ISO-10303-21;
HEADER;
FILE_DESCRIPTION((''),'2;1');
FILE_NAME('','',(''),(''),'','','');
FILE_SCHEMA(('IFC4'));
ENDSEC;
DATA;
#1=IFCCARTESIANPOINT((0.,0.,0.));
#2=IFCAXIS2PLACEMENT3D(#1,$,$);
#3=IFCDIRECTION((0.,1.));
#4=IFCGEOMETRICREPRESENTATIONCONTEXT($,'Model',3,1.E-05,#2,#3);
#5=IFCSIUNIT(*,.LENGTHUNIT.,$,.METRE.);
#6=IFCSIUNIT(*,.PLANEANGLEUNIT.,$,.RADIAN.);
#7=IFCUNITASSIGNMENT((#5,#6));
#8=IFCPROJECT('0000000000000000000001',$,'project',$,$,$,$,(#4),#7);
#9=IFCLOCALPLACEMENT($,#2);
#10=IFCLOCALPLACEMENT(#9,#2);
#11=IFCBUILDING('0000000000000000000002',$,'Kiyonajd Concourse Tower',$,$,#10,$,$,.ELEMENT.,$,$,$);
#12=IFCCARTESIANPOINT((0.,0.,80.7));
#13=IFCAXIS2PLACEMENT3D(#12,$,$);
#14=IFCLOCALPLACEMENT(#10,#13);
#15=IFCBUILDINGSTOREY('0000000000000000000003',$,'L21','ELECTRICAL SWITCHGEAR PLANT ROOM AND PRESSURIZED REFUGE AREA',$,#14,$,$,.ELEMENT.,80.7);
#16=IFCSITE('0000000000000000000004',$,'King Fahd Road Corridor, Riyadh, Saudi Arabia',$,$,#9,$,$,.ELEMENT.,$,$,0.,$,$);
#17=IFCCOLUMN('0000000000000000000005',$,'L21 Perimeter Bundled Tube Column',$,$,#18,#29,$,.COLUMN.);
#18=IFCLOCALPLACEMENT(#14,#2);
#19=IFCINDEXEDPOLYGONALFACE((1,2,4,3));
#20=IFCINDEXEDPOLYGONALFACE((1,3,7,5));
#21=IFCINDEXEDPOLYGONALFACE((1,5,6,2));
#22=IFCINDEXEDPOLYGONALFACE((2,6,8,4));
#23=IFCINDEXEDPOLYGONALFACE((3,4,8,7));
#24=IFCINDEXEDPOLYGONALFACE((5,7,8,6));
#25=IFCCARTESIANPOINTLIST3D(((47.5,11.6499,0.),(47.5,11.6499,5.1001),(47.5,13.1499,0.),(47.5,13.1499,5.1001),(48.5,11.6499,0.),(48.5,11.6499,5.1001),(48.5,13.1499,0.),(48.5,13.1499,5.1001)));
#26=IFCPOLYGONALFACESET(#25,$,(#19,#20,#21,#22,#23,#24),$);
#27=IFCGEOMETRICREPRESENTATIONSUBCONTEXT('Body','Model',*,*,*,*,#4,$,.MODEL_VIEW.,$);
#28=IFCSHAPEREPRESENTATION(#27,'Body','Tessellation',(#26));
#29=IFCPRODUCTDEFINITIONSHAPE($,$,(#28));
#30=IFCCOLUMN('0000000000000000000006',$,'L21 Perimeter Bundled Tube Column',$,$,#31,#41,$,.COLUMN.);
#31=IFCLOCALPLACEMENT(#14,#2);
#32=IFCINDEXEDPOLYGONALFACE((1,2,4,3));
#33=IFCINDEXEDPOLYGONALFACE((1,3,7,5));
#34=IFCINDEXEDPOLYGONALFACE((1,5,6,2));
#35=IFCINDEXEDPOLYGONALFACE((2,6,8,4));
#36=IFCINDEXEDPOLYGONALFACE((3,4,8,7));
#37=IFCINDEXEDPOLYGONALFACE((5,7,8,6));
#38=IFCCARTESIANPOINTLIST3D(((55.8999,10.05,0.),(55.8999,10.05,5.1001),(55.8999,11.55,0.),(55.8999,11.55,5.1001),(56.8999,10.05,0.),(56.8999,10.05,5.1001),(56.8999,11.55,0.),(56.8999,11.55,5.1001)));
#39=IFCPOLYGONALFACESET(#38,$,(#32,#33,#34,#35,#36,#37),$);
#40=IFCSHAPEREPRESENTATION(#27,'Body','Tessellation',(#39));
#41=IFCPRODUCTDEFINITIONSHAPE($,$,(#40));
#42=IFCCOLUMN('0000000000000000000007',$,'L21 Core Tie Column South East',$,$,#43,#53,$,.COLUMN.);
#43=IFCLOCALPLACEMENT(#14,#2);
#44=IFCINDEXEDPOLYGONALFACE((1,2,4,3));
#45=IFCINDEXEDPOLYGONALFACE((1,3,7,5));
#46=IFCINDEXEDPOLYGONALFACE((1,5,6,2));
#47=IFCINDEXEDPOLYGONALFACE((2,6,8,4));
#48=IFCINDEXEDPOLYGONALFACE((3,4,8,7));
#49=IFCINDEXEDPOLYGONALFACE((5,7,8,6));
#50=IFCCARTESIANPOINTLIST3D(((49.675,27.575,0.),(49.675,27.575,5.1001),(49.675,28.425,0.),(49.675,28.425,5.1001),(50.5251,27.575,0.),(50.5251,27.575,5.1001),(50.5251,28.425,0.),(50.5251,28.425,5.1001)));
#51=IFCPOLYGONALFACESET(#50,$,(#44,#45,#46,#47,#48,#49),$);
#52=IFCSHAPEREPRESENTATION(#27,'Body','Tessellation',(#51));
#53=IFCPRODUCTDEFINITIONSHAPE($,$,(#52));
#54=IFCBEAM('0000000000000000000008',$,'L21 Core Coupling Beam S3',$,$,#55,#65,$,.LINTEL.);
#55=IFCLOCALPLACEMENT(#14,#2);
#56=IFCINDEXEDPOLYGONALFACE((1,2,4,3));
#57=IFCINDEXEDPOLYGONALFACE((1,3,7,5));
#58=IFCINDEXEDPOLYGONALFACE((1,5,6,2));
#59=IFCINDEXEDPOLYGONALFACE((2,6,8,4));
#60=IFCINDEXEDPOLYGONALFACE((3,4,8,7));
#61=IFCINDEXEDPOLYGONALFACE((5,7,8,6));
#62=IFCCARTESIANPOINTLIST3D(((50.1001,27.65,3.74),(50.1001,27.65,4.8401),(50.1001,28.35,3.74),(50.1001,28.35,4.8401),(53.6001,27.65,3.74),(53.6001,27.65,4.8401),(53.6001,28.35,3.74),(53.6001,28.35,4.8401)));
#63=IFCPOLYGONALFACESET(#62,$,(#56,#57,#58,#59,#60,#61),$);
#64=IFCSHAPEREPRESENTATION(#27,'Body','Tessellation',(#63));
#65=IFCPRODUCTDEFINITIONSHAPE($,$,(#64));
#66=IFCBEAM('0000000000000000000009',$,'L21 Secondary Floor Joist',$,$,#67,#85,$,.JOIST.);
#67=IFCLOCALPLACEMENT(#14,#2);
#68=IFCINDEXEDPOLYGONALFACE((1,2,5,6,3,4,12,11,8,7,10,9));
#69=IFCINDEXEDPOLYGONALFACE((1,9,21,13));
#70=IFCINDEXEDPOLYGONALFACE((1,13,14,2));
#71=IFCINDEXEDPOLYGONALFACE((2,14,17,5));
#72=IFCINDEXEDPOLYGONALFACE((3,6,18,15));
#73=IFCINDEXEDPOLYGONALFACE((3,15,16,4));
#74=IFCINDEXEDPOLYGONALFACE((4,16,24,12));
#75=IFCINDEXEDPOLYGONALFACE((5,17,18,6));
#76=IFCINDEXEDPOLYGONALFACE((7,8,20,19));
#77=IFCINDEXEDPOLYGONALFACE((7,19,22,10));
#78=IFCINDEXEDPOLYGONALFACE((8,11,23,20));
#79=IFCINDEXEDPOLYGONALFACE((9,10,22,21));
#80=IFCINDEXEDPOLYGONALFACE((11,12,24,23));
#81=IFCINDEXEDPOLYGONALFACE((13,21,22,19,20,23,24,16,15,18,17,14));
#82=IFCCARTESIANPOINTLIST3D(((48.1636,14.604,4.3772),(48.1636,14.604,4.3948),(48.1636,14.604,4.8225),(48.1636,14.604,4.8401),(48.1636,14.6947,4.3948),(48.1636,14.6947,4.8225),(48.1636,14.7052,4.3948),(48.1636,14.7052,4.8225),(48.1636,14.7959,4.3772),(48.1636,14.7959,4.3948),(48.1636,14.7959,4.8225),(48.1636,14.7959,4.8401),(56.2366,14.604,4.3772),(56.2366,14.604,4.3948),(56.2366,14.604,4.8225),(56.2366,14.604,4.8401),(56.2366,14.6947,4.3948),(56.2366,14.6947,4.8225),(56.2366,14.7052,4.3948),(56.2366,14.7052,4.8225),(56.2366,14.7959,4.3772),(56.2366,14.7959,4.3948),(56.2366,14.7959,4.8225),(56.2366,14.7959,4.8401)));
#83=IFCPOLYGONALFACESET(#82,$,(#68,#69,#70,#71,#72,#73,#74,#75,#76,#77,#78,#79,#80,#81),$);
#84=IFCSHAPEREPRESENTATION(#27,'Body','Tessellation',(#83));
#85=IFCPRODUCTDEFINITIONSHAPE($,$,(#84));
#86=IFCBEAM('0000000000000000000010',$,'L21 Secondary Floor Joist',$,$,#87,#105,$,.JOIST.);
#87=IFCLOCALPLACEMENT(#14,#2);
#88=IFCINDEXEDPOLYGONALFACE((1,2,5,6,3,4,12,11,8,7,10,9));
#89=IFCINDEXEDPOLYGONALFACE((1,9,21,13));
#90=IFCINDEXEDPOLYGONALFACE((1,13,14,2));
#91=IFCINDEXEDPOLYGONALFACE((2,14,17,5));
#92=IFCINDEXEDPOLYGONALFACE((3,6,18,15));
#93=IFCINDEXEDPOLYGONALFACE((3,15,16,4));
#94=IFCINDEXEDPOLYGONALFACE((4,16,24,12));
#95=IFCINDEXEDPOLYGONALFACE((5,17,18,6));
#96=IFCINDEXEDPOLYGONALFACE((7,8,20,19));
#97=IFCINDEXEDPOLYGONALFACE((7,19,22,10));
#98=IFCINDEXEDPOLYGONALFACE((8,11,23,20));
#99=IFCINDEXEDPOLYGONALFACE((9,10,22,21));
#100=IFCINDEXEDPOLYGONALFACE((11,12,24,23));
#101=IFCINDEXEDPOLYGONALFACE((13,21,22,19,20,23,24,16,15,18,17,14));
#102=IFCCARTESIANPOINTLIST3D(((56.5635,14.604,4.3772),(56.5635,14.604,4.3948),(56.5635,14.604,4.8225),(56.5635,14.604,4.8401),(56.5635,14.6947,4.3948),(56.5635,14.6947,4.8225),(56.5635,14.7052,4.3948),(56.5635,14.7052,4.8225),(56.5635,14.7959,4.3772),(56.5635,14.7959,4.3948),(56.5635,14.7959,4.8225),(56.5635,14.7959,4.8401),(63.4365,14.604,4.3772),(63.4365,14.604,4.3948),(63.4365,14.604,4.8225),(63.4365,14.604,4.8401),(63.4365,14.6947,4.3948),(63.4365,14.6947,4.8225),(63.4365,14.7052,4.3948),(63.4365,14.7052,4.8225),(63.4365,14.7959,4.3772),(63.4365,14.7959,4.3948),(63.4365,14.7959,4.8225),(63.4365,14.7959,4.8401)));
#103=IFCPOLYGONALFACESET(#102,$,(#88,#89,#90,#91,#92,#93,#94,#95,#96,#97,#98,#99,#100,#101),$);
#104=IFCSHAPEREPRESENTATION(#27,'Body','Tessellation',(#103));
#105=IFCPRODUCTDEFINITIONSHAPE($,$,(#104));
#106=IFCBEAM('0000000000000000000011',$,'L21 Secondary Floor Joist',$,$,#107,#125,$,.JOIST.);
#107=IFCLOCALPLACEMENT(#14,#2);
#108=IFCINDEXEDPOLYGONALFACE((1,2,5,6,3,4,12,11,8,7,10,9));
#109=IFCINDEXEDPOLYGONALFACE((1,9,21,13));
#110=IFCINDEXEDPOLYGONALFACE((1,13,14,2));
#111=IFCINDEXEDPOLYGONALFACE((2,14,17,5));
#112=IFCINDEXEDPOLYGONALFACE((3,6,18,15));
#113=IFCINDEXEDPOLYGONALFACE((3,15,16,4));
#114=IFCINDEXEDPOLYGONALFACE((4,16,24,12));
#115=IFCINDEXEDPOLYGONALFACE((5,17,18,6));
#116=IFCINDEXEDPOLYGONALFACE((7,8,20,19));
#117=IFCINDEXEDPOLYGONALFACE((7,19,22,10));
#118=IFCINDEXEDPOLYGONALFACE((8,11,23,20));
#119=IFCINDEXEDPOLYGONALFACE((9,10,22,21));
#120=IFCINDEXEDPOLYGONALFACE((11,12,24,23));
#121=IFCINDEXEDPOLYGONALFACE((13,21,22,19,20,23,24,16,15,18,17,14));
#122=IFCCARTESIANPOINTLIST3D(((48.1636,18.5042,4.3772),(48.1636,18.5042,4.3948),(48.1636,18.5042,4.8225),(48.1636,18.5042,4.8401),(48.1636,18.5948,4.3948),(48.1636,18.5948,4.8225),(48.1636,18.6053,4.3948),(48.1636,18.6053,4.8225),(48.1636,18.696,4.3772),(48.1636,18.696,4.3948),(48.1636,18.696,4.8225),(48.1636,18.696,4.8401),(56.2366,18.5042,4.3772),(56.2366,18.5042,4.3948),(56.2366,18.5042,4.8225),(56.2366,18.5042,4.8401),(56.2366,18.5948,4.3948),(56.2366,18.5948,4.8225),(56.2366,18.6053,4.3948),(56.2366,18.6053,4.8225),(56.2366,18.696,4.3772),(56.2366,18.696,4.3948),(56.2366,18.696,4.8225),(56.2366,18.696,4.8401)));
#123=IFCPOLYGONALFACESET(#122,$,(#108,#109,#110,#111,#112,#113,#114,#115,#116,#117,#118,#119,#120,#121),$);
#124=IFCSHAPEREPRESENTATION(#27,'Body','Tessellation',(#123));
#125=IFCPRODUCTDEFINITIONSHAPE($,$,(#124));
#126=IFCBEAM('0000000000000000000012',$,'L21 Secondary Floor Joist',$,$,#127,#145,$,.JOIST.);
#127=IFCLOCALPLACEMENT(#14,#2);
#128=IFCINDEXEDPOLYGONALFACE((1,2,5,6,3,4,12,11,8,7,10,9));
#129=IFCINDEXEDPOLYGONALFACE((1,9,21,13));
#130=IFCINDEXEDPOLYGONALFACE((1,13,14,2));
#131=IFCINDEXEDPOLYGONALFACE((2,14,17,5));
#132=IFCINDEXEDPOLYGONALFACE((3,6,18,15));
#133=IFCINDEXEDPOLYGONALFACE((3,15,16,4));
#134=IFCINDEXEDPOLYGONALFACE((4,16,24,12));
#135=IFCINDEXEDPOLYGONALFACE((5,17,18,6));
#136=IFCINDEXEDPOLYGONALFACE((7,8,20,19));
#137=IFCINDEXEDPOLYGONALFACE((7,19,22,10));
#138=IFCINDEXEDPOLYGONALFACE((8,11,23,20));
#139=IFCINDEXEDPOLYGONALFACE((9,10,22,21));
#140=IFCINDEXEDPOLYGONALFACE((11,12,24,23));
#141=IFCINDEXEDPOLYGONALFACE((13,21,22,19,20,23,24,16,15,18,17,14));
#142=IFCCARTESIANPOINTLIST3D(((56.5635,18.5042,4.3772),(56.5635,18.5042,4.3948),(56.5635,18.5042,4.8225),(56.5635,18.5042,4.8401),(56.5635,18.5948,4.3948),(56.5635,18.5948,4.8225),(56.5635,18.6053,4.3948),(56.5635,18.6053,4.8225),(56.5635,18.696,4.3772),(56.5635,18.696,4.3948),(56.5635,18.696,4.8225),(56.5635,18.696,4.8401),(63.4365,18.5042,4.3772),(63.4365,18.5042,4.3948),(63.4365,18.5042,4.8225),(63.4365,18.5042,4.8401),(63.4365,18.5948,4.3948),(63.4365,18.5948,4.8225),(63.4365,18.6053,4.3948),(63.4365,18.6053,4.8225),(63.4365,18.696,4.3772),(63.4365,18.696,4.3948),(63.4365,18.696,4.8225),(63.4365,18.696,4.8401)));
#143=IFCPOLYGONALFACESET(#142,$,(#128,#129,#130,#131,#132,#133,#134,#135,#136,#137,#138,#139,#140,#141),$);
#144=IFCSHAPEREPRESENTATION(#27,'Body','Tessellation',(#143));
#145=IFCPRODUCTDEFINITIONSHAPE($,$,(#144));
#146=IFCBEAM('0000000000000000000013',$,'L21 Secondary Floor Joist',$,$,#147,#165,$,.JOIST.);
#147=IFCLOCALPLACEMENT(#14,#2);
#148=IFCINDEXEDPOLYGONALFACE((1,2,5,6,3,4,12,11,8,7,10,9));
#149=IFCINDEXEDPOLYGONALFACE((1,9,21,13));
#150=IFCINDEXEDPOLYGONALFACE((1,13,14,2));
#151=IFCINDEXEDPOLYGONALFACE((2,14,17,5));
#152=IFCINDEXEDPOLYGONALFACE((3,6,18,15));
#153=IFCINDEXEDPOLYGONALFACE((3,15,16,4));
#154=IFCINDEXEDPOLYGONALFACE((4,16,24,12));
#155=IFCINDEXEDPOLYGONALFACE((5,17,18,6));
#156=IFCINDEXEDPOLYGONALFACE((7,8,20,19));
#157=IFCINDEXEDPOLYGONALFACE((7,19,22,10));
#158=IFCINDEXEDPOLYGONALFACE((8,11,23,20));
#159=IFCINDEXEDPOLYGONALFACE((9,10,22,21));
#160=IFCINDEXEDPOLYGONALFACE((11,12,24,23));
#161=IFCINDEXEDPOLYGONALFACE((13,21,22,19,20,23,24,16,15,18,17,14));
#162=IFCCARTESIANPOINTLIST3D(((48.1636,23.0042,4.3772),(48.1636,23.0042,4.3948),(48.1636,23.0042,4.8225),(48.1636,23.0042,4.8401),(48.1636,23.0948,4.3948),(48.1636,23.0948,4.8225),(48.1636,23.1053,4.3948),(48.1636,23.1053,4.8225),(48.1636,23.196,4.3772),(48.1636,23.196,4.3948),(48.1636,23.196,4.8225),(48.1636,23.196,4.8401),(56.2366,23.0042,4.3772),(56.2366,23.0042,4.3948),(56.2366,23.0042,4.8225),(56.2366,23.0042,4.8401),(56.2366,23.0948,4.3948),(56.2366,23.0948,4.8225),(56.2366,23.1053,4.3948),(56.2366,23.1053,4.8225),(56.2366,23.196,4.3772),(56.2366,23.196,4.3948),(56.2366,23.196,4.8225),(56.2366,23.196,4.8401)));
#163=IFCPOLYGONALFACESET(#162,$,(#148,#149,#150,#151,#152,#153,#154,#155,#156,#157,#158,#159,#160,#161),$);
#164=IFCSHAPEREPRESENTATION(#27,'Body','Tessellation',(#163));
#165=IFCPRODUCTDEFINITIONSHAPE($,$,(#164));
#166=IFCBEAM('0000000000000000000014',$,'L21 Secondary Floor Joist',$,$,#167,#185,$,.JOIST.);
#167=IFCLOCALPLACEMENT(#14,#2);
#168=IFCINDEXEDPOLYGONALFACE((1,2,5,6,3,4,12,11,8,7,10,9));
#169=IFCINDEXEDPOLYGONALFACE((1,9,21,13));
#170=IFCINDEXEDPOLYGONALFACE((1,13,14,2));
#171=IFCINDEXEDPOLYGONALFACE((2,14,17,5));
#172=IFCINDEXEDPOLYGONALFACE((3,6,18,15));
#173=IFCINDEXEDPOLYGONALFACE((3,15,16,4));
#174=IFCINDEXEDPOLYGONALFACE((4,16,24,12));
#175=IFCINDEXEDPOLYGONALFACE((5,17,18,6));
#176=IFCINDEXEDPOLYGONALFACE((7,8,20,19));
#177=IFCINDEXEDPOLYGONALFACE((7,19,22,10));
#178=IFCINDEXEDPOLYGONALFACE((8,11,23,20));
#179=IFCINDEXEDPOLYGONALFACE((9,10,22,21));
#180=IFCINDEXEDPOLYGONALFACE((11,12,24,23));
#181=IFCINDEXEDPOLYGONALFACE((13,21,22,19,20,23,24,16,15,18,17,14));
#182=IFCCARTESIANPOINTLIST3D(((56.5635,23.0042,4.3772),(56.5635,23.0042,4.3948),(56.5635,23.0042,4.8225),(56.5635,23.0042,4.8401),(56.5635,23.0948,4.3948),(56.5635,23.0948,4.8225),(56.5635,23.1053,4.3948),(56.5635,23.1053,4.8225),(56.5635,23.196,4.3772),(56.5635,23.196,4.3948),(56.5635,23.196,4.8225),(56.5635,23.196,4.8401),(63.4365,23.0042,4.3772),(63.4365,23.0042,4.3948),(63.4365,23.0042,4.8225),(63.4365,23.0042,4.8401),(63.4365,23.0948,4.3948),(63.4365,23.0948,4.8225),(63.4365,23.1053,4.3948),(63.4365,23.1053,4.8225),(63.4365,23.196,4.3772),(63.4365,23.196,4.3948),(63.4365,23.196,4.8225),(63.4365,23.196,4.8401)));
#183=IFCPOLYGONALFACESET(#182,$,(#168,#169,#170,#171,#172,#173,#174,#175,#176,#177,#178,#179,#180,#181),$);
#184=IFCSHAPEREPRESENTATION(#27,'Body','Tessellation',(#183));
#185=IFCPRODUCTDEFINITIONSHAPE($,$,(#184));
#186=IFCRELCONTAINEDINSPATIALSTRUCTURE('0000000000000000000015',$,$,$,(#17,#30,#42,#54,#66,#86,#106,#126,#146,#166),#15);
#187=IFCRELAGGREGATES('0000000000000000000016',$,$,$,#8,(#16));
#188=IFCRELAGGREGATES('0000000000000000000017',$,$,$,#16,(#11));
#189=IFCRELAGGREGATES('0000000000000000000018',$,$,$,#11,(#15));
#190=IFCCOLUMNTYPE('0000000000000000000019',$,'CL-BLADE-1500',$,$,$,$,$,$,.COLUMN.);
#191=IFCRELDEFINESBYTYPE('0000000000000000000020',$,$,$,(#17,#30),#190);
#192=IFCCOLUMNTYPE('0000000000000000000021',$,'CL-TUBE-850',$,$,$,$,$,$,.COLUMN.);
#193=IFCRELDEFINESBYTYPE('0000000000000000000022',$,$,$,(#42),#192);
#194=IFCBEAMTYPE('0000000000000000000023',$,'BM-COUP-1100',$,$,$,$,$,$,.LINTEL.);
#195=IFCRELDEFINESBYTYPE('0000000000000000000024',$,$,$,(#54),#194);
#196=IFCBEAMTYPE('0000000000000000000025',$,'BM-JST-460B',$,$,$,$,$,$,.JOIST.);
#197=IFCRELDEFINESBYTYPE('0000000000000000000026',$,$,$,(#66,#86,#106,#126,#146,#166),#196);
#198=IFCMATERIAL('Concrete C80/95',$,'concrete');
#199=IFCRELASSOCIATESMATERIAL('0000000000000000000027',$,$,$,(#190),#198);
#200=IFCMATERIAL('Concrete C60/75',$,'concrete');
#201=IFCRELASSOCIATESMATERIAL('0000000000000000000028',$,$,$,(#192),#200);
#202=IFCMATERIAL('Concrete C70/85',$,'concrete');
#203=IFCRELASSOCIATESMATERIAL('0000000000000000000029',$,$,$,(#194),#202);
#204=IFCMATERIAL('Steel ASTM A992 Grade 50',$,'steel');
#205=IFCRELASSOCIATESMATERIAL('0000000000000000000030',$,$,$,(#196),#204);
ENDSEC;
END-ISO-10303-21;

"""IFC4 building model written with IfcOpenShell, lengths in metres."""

from ifc_helpers import new_model, si_unit, direction, frame, origin, origin_2d, place, context, subcontext, project, spatial, rectangle, i_section, extrude, material, material_profile, profile_set, type_object, element, save


model = new_model("IFC4")

# Units and contexts
model_context = context("Model", 3, precision=1e-05, world=origin(), true_north=direction((0.0, 1.0)))
body_context = subcontext(model_context, "Body", "Model", "MODEL_VIEW")
ifc_project = project(units=[si_unit("LENGTHUNIT", "METRE"), si_unit("PLANEANGLEUNIT", "RADIAN")], contexts=[model_context])

# Site, building, storey
site_placement = place(None, origin())
site = spatial("IfcSite", under=ifc_project, at=site_placement, Name="King Fahd Road Corridor, Riyadh, Saudi Arabia", CompositionType="ELEMENT", RefElevation=0.0)
building_placement = place(site_placement, origin())
building = spatial("IfcBuilding", under=site, at=building_placement, Name="Kiyonajd Concourse Tower", CompositionType="ELEMENT")
storey_placement = place(building_placement, frame((0.0, 0.0, 80.7)))
storey = spatial("IfcBuildingStorey", under=building, at=storey_placement, Name="L21", Description="ELECTRICAL SWITCHGEAR PLANT ROOM AND PRESSURIZED REFUGE AREA", CompositionType="ELEMENT", Elevation=80.7)

# Columns
ifc_material_1 = material(Name="Concrete C80/95", Category="concrete")
ifc_material_profile_1 = material_profile(ifc_material_1, rectangle(XDim=1.0, YDim=1.5, at=origin_2d()), Name="RC-1500x1000")
ifc_profile_set_1 = profile_set([ifc_material_profile_1], Name="Concrete C80/95")
column_type_1 = type_object("IfcColumnType", Name="CL-BLADE-1500", PredefinedType="COLUMN", material=ifc_profile_set_1)
for number, where, z_axis, x_axis, name in (
    (1, (48.0, 12.3999, 0.0), (0.0, 0.0, 1.0), (1.0, 0.0, 0.0), "L21 Perimeter Bundled Tube Column"),
    (2, (56.3999, 10.8, 0.0), (0.0, 0.0, 1.0), (1.0, 0.0, 0.0), "L21 Perimeter Bundled Tube Column"),
):
    element("IfcColumn", number, at=place(storey_placement, frame(where, z_axis=z_axis, x_axis=x_axis)), inside=storey, type_object=column_type_1, Name=name, PredefinedType="COLUMN", context=body_context, shape_type="SweptSolid", body=[
        extrude(rectangle(XDim=1.0, YDim=1.5, at=origin_2d()), origin(), (0.0, 0.0, 1.0), 5.1001),
    ])
ifc_material_2 = material(Name="Concrete C60/75", Category="concrete")
ifc_material_profile_2 = material_profile(ifc_material_2, rectangle(XDim=0.8501, YDim=0.8501, at=origin_2d()), Name="RC-850x850")
ifc_profile_set_2 = profile_set([ifc_material_profile_2], Name="Concrete C60/75")
column_type_2 = type_object("IfcColumnType", Name="CL-TUBE-850", PredefinedType="COLUMN", material=ifc_profile_set_2)
column_placement = place(storey_placement, frame((50.1001, 28.0, 0.0), z_axis=(0.0, 0.0, 1.0), x_axis=(1.0, 0.0, 0.0)))
element("IfcColumn", 3, at=column_placement, inside=storey, type_object=column_type_2, Name="L21 Core Tie Column South East", PredefinedType="COLUMN", context=body_context, shape_type="SweptSolid", body=[
    extrude(rectangle(XDim=0.8501, YDim=0.8501, at=origin_2d()), origin(), (0.0, 0.0, 1.0), 5.1001),
])

# Beams
ifc_material_3 = material(Name="Concrete C70/85", Category="concrete")
ifc_material_profile_3 = material_profile(ifc_material_3, rectangle(XDim=0.7, YDim=1.1001, at=origin_2d()), Name="RCBM-700x1100")
ifc_profile_set_3 = profile_set([ifc_material_profile_3], Name="Concrete C70/85")
beam_type_1 = type_object("IfcBeamType", Name="BM-COUP-1100", PredefinedType="LINTEL", material=ifc_profile_set_3)
beam_1_placement = place(storey_placement, frame((50.1001, 28.0, 4.29), z_axis=(1.0, 0.0, 0.0), x_axis=(0.0, 1.0, 0.0)))
element("IfcBeam", 4, at=beam_1_placement, inside=storey, type_object=beam_type_1, Name="L21 Core Coupling Beam S3", PredefinedType="LINTEL", context=body_context, shape_type="SweptSolid", body=[
    extrude(rectangle(XDim=0.7, YDim=1.1001, at=origin_2d()), origin(), (0.0, 0.0, 1.0), 3.5),
])
ifc_material_4 = material(Name="Steel ASTM A992 Grade 50", Category="steel")
ifc_material_profile_4 = material_profile(ifc_material_4, i_section(OverallWidth=0.1919, OverallDepth=0.4629, WebThickness=0.0105, FlangeThickness=0.0176, at=origin_2d()), Name="W460X89")
ifc_profile_set_4 = profile_set([ifc_material_profile_4], Name="Steel ASTM A992 Grade 50")
beam_type_2 = type_object("IfcBeamType", Name="BM-JST-460B", PredefinedType="JOIST", material=ifc_profile_set_4)
beam_2_placement = place(storey_placement, frame((48.1636, 14.7, 4.6086), z_axis=(1.0, 0.0, 0.0), x_axis=(0.0, 1.0, 0.0)))
element("IfcBeam", 5, at=beam_2_placement, inside=storey, type_object=beam_type_2, Name="L21 Secondary Floor Joist", PredefinedType="JOIST", context=body_context, shape_type="SweptSolid", body=[
    extrude(i_section(OverallWidth=0.1919, OverallDepth=0.4629, WebThickness=0.0105, FlangeThickness=0.0176, at=origin_2d()), origin(), (0.0, 0.0, 1.0), 8.073),
])
beam_3_placement = place(storey_placement, frame((56.5635, 14.7, 4.6086), z_axis=(1.0, 0.0, 0.0), x_axis=(0.0, 1.0, 0.0)))
element("IfcBeam", 6, at=beam_3_placement, inside=storey, type_object=beam_type_2, Name="L21 Secondary Floor Joist", PredefinedType="JOIST", context=body_context, shape_type="SweptSolid", body=[
    extrude(i_section(OverallWidth=0.1919, OverallDepth=0.4629, WebThickness=0.0105, FlangeThickness=0.0176, at=origin_2d()), origin(), (0.0, 0.0, 1.0), 6.873),
])
beam_4_placement = place(storey_placement, frame((48.1636, 18.6001, 4.6086), z_axis=(1.0, 0.0, 0.0), x_axis=(0.0, 1.0, 0.0)))
element("IfcBeam", 7, at=beam_4_placement, inside=storey, type_object=beam_type_2, Name="L21 Secondary Floor Joist", PredefinedType="JOIST", context=body_context, shape_type="SweptSolid", body=[
    extrude(i_section(OverallWidth=0.1919, OverallDepth=0.4629, WebThickness=0.0105, FlangeThickness=0.0176, at=origin_2d()), origin(), (0.0, 0.0, 1.0), 8.073),
])
beam_5_placement = place(storey_placement, frame((56.5635, 18.6001, 4.6086), z_axis=(1.0, 0.0, 0.0), x_axis=(0.0, 1.0, 0.0)))
element("IfcBeam", 8, at=beam_5_placement, inside=storey, type_object=beam_type_2, Name="L21 Secondary Floor Joist", PredefinedType="JOIST", context=body_context, shape_type="SweptSolid", body=[
    extrude(i_section(OverallWidth=0.1919, OverallDepth=0.4629, WebThickness=0.0105, FlangeThickness=0.0176, at=origin_2d()), origin(), (0.0, 0.0, 1.0), 6.873),
])
beam_6_placement = place(storey_placement, frame((48.1636, 23.1001, 4.6086), z_axis=(1.0, 0.0, 0.0), x_axis=(0.0, 1.0, 0.0)))
element("IfcBeam", 9, at=beam_6_placement, inside=storey, type_object=beam_type_2, Name="L21 Secondary Floor Joist", PredefinedType="JOIST", context=body_context, shape_type="SweptSolid", body=[
    extrude(i_section(OverallWidth=0.1919, OverallDepth=0.4629, WebThickness=0.0105, FlangeThickness=0.0176, at=origin_2d()), origin(), (0.0, 0.0, 1.0), 8.073),
])
beam_7_placement = place(storey_placement, frame((56.5635, 23.1001, 4.6086), z_axis=(1.0, 0.0, 0.0), x_axis=(0.0, 1.0, 0.0)))
element("IfcBeam", 10, at=beam_7_placement, inside=storey, type_object=beam_type_2, Name="L21 Secondary Floor Joist", PredefinedType="JOIST", context=body_context, shape_type="SweptSolid", body=[
    extrude(i_section(OverallWidth=0.1919, OverallDepth=0.4629, WebThickness=0.0105, FlangeThickness=0.0176, at=origin_2d()), origin(), (0.0, 0.0, 1.0), 6.873),
])

save(model, "model.ifc")
